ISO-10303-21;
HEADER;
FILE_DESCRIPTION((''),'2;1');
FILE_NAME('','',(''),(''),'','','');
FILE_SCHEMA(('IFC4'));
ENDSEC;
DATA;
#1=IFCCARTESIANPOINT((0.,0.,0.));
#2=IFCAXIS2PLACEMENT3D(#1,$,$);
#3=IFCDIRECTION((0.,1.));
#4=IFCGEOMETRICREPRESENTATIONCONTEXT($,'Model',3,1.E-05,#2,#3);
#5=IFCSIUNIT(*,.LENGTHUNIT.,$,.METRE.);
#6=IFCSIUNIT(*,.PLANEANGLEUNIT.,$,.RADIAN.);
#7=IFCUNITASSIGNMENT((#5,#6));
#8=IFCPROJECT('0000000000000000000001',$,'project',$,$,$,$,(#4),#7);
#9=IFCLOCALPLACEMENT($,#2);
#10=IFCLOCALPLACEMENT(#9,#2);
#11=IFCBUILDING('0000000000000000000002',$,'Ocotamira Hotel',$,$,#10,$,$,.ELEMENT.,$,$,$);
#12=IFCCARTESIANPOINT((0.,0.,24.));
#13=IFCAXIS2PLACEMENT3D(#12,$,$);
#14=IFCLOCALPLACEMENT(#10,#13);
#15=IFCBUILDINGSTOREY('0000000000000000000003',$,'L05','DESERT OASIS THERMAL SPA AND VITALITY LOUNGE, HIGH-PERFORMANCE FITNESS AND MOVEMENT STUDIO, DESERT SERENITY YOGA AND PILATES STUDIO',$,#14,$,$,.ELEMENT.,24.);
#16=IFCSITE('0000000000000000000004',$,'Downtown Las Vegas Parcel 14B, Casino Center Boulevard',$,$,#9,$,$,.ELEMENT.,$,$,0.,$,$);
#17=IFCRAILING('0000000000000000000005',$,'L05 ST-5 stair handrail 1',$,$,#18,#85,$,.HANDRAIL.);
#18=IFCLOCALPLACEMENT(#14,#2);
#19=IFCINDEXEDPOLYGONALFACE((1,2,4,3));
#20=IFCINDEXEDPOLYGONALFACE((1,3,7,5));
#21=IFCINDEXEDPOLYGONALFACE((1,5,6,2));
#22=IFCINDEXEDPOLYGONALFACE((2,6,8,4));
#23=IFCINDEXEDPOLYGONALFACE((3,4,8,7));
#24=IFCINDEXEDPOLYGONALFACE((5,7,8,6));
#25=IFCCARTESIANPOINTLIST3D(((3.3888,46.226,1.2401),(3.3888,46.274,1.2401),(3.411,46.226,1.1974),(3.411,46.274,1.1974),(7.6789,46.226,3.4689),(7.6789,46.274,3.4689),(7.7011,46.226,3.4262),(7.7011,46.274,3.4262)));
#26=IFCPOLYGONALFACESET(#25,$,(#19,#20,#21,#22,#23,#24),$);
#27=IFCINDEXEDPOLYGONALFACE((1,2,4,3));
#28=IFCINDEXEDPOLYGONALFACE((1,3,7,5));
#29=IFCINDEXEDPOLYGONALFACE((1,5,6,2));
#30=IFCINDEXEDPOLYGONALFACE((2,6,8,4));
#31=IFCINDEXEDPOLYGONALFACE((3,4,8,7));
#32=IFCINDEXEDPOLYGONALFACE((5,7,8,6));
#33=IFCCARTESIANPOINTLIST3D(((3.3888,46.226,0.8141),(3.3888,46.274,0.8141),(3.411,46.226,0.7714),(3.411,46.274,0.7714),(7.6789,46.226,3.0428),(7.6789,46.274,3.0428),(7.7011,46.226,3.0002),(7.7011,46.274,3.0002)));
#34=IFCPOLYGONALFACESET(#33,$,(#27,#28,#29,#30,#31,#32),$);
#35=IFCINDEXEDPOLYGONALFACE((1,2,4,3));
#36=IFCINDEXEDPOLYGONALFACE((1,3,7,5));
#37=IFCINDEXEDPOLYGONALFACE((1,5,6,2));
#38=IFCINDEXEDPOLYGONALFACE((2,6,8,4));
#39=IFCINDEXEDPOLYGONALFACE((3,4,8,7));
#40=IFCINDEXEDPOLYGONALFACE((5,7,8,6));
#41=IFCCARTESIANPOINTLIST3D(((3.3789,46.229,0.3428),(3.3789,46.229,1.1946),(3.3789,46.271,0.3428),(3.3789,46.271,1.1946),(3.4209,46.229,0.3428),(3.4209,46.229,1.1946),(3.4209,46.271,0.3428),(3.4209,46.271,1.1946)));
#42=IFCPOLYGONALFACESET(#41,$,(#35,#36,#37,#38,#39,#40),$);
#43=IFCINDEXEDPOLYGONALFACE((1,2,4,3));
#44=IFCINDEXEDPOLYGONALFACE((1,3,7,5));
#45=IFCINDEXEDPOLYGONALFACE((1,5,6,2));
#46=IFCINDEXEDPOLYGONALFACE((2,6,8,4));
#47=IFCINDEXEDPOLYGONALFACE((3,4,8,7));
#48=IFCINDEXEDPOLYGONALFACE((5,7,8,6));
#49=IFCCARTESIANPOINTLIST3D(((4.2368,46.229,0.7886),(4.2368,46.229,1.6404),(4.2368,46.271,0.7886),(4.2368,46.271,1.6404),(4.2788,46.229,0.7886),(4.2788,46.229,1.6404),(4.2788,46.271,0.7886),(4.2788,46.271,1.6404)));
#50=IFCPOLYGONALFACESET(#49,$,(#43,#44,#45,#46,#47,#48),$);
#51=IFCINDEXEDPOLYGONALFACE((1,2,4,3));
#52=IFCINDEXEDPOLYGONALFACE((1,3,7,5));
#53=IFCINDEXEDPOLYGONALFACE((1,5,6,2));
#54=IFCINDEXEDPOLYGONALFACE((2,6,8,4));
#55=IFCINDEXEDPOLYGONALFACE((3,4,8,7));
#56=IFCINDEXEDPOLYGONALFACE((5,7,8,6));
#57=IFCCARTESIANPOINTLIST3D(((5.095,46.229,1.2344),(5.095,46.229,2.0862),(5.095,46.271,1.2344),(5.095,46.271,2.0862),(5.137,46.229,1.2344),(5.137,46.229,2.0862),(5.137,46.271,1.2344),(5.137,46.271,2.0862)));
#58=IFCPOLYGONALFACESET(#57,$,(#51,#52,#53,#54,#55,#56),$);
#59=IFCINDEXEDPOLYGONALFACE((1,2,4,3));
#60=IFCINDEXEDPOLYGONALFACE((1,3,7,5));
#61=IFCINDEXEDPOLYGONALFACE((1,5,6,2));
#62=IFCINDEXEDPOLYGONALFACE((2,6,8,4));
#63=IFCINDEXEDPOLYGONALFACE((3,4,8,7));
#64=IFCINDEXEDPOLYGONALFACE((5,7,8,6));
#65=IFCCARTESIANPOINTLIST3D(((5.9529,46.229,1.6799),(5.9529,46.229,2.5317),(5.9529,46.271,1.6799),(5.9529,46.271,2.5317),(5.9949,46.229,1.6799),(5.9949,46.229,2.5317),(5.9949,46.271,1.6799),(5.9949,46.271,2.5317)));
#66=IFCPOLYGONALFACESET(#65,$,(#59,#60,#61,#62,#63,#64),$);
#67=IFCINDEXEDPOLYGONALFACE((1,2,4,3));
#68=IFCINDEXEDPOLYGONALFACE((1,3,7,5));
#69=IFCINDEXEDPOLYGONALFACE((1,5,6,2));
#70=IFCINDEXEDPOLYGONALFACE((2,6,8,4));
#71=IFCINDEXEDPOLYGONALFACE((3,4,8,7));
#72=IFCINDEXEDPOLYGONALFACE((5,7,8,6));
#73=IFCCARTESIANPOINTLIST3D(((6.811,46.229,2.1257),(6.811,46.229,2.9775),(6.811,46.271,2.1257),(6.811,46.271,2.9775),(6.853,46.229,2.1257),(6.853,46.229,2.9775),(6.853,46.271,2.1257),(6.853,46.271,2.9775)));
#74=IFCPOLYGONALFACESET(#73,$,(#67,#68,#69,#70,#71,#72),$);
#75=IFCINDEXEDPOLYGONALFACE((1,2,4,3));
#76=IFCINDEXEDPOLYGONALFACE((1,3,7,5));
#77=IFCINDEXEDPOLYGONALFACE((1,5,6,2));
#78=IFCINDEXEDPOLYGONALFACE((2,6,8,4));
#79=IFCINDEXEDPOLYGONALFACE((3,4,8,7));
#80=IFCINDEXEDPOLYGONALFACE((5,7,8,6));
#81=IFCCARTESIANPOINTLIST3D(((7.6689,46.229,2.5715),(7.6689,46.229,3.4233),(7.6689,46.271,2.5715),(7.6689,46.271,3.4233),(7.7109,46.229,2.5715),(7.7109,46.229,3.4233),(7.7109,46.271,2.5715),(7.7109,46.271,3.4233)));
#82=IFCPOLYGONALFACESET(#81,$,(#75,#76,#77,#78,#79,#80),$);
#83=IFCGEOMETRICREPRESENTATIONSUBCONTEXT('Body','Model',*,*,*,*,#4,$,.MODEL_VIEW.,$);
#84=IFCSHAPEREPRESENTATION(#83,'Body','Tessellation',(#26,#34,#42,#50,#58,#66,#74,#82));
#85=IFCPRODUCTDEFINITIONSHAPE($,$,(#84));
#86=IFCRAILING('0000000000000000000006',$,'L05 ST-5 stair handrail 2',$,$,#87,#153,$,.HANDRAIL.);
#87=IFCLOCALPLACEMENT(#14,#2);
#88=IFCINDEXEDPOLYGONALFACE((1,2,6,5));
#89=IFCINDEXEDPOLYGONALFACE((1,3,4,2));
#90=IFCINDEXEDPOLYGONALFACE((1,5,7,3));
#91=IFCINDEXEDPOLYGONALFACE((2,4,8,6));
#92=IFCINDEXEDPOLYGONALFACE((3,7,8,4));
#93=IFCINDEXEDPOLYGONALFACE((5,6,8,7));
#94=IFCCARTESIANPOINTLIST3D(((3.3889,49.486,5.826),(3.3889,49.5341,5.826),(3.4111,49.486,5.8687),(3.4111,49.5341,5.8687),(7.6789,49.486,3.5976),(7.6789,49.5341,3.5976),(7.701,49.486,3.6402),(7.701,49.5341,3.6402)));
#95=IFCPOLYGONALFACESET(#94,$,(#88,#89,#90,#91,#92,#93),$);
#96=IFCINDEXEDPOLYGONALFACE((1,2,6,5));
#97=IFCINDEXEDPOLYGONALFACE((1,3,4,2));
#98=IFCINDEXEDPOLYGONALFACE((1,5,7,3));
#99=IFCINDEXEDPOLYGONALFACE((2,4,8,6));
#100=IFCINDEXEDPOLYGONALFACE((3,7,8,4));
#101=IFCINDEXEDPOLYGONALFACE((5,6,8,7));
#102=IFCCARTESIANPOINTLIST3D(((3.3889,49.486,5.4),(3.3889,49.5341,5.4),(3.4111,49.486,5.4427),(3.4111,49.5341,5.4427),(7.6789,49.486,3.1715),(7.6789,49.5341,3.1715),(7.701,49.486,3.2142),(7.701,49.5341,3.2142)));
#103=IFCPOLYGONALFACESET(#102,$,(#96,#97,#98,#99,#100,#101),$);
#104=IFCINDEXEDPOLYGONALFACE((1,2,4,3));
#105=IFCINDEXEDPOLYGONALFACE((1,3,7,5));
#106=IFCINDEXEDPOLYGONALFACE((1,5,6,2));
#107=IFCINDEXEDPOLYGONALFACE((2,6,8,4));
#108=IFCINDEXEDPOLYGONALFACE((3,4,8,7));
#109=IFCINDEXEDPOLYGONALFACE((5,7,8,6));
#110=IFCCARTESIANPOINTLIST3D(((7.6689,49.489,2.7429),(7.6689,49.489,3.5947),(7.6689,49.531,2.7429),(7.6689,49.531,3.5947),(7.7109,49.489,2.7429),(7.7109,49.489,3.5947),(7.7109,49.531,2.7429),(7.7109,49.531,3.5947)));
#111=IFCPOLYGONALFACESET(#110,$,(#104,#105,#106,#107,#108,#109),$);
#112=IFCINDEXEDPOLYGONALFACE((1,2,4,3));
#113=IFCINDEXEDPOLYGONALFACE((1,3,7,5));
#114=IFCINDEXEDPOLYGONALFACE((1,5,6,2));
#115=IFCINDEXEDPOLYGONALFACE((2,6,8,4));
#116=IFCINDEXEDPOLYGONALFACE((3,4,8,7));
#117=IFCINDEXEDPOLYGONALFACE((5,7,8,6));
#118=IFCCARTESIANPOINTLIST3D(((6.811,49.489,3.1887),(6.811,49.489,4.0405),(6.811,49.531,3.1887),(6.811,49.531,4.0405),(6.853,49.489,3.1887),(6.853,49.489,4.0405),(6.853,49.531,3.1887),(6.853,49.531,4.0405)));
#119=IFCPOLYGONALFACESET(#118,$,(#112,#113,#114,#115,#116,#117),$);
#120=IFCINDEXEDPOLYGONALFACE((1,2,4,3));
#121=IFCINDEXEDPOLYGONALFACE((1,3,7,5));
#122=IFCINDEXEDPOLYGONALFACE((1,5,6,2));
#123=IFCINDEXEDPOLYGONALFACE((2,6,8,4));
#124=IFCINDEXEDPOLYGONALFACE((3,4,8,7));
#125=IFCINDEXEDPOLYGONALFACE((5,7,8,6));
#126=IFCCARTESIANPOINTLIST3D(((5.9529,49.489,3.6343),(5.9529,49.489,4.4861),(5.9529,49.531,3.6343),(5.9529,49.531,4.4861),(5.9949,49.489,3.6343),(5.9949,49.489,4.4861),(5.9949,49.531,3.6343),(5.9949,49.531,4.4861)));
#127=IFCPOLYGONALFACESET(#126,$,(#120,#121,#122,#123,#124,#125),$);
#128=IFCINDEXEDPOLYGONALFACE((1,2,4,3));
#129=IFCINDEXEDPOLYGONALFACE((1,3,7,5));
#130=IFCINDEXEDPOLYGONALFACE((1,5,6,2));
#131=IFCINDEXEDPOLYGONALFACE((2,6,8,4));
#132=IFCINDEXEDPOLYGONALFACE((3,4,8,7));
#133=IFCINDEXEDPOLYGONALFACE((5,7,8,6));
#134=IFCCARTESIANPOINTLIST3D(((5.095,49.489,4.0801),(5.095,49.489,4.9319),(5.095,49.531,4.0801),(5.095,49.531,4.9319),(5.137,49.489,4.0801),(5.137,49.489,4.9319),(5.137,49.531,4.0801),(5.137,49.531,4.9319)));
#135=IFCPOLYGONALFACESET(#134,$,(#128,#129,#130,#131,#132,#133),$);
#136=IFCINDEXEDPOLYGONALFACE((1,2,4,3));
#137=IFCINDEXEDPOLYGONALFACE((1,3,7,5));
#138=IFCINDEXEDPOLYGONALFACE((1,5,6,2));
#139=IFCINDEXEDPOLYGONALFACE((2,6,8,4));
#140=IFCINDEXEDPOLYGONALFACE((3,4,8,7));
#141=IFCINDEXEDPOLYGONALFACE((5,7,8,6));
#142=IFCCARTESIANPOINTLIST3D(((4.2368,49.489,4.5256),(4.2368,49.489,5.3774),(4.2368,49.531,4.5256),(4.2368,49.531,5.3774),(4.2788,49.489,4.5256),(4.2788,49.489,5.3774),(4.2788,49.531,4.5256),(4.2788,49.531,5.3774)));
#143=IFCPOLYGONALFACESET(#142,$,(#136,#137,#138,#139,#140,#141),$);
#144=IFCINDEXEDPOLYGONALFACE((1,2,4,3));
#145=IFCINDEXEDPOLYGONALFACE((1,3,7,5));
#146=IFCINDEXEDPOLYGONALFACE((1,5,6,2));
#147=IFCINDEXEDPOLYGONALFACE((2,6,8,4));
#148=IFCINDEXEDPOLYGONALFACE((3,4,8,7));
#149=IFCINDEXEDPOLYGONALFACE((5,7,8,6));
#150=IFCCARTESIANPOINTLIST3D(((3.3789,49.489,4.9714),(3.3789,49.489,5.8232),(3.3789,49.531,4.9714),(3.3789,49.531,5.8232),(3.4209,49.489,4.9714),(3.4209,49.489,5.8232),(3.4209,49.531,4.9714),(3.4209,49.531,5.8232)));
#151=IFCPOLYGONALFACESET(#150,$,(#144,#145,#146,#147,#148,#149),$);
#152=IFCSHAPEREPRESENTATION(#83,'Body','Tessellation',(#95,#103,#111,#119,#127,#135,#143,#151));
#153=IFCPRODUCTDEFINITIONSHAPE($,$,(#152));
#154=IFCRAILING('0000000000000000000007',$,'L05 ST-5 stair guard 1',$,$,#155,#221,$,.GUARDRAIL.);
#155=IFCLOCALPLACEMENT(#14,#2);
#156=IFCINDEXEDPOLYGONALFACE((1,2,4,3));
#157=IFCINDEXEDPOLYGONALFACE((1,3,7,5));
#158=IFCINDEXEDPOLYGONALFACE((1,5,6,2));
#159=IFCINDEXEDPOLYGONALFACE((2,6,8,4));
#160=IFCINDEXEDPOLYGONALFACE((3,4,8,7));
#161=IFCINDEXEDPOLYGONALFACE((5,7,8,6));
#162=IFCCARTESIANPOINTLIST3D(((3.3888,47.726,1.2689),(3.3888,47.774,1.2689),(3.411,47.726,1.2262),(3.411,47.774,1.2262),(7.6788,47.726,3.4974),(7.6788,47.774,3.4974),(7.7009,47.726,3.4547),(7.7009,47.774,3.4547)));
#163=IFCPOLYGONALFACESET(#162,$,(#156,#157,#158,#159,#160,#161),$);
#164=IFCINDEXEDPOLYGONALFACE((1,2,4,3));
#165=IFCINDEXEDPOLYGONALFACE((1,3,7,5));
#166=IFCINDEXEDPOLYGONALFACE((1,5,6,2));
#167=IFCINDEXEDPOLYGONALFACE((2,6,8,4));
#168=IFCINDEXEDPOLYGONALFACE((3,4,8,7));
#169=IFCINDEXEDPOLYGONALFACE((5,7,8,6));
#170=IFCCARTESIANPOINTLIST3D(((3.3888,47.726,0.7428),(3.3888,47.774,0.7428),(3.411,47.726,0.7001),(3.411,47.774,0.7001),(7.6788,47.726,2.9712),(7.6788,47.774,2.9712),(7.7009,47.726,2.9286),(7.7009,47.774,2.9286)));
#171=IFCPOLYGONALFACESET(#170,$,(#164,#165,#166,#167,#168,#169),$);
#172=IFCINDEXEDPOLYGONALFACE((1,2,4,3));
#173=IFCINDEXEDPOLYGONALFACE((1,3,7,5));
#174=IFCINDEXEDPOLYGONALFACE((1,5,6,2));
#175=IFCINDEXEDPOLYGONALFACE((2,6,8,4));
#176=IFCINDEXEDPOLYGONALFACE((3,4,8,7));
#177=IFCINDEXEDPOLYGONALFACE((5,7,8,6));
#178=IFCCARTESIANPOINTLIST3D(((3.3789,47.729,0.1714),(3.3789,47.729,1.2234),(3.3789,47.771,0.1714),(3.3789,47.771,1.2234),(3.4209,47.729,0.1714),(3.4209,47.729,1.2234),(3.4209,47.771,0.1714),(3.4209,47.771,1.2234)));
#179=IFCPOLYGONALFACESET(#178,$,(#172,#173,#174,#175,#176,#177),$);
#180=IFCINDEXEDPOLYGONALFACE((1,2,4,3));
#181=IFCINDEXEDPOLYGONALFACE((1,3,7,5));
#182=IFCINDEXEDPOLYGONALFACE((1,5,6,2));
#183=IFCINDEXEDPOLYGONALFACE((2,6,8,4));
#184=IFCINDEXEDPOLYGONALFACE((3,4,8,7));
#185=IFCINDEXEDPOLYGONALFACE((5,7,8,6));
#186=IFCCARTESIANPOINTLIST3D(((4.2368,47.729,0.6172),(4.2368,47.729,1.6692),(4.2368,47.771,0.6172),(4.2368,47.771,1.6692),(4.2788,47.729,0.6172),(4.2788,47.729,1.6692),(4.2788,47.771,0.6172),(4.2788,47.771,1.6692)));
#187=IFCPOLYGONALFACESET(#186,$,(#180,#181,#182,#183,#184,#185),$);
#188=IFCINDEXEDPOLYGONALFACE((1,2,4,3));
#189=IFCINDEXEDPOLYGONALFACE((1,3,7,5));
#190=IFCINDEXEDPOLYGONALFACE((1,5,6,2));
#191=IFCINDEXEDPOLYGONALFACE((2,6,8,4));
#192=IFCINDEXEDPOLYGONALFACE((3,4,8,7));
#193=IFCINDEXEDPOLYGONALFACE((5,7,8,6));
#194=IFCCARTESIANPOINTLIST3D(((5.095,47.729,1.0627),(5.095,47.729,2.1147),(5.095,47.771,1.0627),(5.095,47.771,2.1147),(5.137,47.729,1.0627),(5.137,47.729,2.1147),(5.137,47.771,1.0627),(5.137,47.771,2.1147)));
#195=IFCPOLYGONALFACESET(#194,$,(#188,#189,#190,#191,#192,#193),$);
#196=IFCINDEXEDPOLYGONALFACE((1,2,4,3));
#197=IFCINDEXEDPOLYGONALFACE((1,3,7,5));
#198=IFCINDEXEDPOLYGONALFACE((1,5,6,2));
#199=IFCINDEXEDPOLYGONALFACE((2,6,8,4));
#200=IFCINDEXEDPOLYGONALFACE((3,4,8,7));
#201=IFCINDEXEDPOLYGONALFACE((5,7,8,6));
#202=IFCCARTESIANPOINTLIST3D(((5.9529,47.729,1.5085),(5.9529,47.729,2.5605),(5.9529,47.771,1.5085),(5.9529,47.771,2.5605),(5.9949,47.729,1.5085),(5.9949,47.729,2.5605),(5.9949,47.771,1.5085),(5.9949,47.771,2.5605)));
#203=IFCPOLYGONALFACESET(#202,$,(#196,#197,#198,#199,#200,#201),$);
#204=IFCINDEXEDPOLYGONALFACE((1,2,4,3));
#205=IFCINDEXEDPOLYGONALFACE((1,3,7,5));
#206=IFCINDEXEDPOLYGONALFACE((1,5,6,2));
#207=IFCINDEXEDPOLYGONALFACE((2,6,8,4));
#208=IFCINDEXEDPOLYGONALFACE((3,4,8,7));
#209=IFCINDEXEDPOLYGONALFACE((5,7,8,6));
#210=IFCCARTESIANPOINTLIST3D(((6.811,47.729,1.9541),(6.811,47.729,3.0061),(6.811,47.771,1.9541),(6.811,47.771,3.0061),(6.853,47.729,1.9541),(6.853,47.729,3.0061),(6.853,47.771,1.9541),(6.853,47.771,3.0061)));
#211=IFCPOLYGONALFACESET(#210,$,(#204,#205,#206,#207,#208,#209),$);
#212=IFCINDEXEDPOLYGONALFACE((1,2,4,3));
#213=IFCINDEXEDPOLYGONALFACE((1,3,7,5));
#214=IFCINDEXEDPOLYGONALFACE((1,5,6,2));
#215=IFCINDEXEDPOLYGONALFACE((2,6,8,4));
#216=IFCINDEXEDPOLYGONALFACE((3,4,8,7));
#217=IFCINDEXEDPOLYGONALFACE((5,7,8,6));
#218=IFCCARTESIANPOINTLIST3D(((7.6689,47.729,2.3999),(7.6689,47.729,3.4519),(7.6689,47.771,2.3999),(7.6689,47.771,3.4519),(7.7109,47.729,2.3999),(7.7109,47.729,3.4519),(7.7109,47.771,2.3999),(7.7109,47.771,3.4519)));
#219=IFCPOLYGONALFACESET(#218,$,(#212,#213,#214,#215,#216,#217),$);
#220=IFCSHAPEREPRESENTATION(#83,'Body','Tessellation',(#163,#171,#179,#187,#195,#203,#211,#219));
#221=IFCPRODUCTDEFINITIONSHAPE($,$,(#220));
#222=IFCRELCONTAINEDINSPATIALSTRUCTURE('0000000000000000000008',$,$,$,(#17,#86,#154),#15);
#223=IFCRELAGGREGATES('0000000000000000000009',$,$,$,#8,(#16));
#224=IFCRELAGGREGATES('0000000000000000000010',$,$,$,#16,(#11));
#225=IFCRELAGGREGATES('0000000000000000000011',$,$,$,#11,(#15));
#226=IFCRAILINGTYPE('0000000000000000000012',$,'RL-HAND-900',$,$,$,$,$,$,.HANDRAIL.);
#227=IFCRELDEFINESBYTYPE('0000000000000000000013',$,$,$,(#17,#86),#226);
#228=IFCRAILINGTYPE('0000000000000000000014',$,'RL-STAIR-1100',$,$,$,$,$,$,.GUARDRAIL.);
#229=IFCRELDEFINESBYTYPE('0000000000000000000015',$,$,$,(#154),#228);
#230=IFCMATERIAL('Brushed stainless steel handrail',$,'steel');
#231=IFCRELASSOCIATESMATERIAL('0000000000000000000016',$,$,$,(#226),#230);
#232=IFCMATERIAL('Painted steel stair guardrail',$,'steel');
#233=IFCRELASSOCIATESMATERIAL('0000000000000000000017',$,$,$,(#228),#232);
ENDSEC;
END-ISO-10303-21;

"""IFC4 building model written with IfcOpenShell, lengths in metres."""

from ifc_helpers import new_model, si_unit, direction, frame, origin, origin_2d, place, context, subcontext, project, spatial, rectangle, extrude, material, type_object, element, save


model = new_model("IFC4")

# Units and contexts
model_context = context("Model", 3, precision=1e-05, world=origin(), true_north=direction((0.0, 1.0)))
body_context = subcontext(model_context, "Body", "Model", "MODEL_VIEW")
ifc_project = project(units=[si_unit("LENGTHUNIT", "METRE"), si_unit("PLANEANGLEUNIT", "RADIAN")], contexts=[model_context])

# Site, building, storey
site_placement = place(None, origin())
site = spatial("IfcSite", under=ifc_project, at=site_placement, Name="Downtown Las Vegas Parcel 14B, Casino Center Boulevard", CompositionType="ELEMENT", RefElevation=0.0)
building_placement = place(site_placement, origin())
building = spatial("IfcBuilding", under=site, at=building_placement, Name="Ocotamira Hotel", CompositionType="ELEMENT")
storey_placement = place(building_placement, frame((0.0, 0.0, 24.0)))
storey = spatial("IfcBuildingStorey", under=building, at=storey_placement, Name="L05", Description="DESERT OASIS THERMAL SPA AND VITALITY LOUNGE, HIGH-PERFORMANCE FITNESS AND MOVEMENT STUDIO, DESERT SERENITY YOGA AND PILATES STUDIO", CompositionType="ELEMENT", Elevation=24.0)

# Railings
ifc_material_1 = material(Name="Brushed stainless steel handrail", Category="steel")
railing_type_1 = type_object("IfcRailingType", Name="RL-HAND-900", PredefinedType="HANDRAIL", material=ifc_material_1)
railing_1_placement = place(storey_placement, frame((3.3999, 46.25, 0.3428)))
element("IfcRailing", 1, at=railing_1_placement, inside=storey, type_object=railing_type_1, Name="L05 ST-5 stair handrail 1", PredefinedType="HANDRAIL", context=body_context, shape_type="SweptSolid", body=[
    extrude(rectangle(XDim=0.0481, YDim=0.0481, at=origin_2d()), frame((0.0, 0.0, 0.876), z_axis=(0.887391, 0.0, 0.461017), x_axis=(0.0, 1.0, 0.0)), (0.0, 0.0, 1.0), 4.8345),
    extrude(rectangle(XDim=0.0481, YDim=0.0481, at=origin_2d()), frame((0.0, 0.0, 0.45), z_axis=(0.887391, 0.0, 0.461017), x_axis=(0.0, 1.0, 0.0)), (0.0, 0.0, 1.0), 4.8345),
    extrude(rectangle(XDim=0.042, YDim=0.042, at=origin_2d()), origin(), (0.0, 0.0, 1.0), 0.8518),
    extrude(rectangle(XDim=0.042, YDim=0.042, at=origin_2d()), frame((0.8579, 0.0, 0.4458)), (0.0, 0.0, 1.0), 0.8518),
    extrude(rectangle(XDim=0.042, YDim=0.042, at=origin_2d()), frame((1.7161, 0.0, 0.8916)), (0.0, 0.0, 1.0), 0.8518),
    extrude(rectangle(XDim=0.042, YDim=0.042, at=origin_2d()), frame((2.574, 0.0, 1.3372)), (0.0, 0.0, 1.0), 0.8518),
    extrude(rectangle(XDim=0.042, YDim=0.042, at=origin_2d()), frame((3.4321, 0.0, 1.783)), (0.0, 0.0, 1.0), 0.8518),
    extrude(rectangle(XDim=0.042, YDim=0.042, at=origin_2d()), frame((4.29, 0.0, 2.2288)), (0.0, 0.0, 1.0), 0.8518),
])
railing_2_placement = place(storey_placement, frame((7.6899, 49.51, 2.7429)))
element("IfcRailing", 2, at=railing_2_placement, inside=storey, type_object=railing_type_1, Name="L05 ST-5 stair handrail 2", PredefinedType="HANDRAIL", context=body_context, shape_type="SweptSolid", body=[
    extrude(rectangle(XDim=0.0481, YDim=0.0481, at=origin_2d()), frame((0.0, 0.0, 0.876), z_axis=(-0.887412, 0.0, 0.460977), x_axis=(0.0, -1.0, 0.0)), (0.0, 0.0, 1.0), 4.8342),
    extrude(rectangle(XDim=0.0481, YDim=0.0481, at=origin_2d()), frame((0.0, 0.0, 0.45), z_axis=(-0.887412, 0.0, 0.460977), x_axis=(0.0, -1.0, 0.0)), (0.0, 0.0, 1.0), 4.8342),
    extrude(rectangle(XDim=0.042, YDim=0.042, at=origin_2d()), origin(), (0.0, 0.0, 1.0), 0.8518),
    extrude(rectangle(XDim=0.042, YDim=0.042, at=origin_2d()), frame((-0.8579, 0.0, 0.4458)), (0.0, 0.0, 1.0), 0.8518),
    extrude(rectangle(XDim=0.042, YDim=0.042, at=origin_2d()), frame((-1.7161, 0.0, 0.8914)), (0.0, 0.0, 1.0), 0.8518),
    extrude(rectangle(XDim=0.042, YDim=0.042, at=origin_2d()), frame((-2.574, 0.0, 1.3372)), (0.0, 0.0, 1.0), 0.8518),
    extrude(rectangle(XDim=0.042, YDim=0.042, at=origin_2d()), frame((-3.4321, 0.0, 1.7827)), (0.0, 0.0, 1.0), 0.8518),
    extrude(rectangle(XDim=0.042, YDim=0.042, at=origin_2d()), frame((-4.29, 0.0, 2.2285)), (0.0, 0.0, 1.0), 0.8518),
])
ifc_material_2 = material(Name="Painted steel stair guardrail", Category="steel")
railing_type_2 = type_object("IfcRailingType", Name="RL-STAIR-1100", PredefinedType="GUARDRAIL", material=ifc_material_2)
railing_3_placement = place(storey_placement, frame((3.3999, 47.75, 0.1714)))
element("IfcRailing", 3, at=railing_3_placement, inside=storey, type_object=railing_type_2, Name="L05 ST-5 stair guard 1", PredefinedType="GUARDRAIL", context=body_context, shape_type="SweptSolid", body=[
    extrude(rectangle(XDim=0.0481, YDim=0.0481, at=origin_2d()), frame((0.0, 0.0, 1.0762), z_axis=(0.887412, 0.0, 0.460977), x_axis=(0.0, 1.0, 0.0)), (0.0, 0.0, 1.0), 4.8342),
    extrude(rectangle(XDim=0.0481, YDim=0.0481, at=origin_2d()), frame((0.0, 0.0, 0.55), z_axis=(0.887412, 0.0, 0.460977), x_axis=(0.0, 1.0, 0.0)), (0.0, 0.0, 1.0), 4.8342),
    extrude(rectangle(XDim=0.042, YDim=0.042, at=origin_2d()), origin(), (0.0, 0.0, 1.0), 1.052),
    extrude(rectangle(XDim=0.042, YDim=0.042, at=origin_2d()), frame((0.8579, 0.0, 0.4458)), (0.0, 0.0, 1.0), 1.052),
    extrude(rectangle(XDim=0.042, YDim=0.042, at=origin_2d()), frame((1.7161, 0.0, 0.8914)), (0.0, 0.0, 1.0), 1.052),
    extrude(rectangle(XDim=0.042, YDim=0.042, at=origin_2d()), frame((2.574, 0.0, 1.3372)), (0.0, 0.0, 1.0), 1.052),
    extrude(rectangle(XDim=0.042, YDim=0.042, at=origin_2d()), frame((3.4321, 0.0, 1.7827)), (0.0, 0.0, 1.0), 1.052),
    extrude(rectangle(XDim=0.042, YDim=0.042, at=origin_2d()), frame((4.29, 0.0, 2.2285)), (0.0, 0.0, 1.0), 1.052),
])

save(model, "model.ifc")
